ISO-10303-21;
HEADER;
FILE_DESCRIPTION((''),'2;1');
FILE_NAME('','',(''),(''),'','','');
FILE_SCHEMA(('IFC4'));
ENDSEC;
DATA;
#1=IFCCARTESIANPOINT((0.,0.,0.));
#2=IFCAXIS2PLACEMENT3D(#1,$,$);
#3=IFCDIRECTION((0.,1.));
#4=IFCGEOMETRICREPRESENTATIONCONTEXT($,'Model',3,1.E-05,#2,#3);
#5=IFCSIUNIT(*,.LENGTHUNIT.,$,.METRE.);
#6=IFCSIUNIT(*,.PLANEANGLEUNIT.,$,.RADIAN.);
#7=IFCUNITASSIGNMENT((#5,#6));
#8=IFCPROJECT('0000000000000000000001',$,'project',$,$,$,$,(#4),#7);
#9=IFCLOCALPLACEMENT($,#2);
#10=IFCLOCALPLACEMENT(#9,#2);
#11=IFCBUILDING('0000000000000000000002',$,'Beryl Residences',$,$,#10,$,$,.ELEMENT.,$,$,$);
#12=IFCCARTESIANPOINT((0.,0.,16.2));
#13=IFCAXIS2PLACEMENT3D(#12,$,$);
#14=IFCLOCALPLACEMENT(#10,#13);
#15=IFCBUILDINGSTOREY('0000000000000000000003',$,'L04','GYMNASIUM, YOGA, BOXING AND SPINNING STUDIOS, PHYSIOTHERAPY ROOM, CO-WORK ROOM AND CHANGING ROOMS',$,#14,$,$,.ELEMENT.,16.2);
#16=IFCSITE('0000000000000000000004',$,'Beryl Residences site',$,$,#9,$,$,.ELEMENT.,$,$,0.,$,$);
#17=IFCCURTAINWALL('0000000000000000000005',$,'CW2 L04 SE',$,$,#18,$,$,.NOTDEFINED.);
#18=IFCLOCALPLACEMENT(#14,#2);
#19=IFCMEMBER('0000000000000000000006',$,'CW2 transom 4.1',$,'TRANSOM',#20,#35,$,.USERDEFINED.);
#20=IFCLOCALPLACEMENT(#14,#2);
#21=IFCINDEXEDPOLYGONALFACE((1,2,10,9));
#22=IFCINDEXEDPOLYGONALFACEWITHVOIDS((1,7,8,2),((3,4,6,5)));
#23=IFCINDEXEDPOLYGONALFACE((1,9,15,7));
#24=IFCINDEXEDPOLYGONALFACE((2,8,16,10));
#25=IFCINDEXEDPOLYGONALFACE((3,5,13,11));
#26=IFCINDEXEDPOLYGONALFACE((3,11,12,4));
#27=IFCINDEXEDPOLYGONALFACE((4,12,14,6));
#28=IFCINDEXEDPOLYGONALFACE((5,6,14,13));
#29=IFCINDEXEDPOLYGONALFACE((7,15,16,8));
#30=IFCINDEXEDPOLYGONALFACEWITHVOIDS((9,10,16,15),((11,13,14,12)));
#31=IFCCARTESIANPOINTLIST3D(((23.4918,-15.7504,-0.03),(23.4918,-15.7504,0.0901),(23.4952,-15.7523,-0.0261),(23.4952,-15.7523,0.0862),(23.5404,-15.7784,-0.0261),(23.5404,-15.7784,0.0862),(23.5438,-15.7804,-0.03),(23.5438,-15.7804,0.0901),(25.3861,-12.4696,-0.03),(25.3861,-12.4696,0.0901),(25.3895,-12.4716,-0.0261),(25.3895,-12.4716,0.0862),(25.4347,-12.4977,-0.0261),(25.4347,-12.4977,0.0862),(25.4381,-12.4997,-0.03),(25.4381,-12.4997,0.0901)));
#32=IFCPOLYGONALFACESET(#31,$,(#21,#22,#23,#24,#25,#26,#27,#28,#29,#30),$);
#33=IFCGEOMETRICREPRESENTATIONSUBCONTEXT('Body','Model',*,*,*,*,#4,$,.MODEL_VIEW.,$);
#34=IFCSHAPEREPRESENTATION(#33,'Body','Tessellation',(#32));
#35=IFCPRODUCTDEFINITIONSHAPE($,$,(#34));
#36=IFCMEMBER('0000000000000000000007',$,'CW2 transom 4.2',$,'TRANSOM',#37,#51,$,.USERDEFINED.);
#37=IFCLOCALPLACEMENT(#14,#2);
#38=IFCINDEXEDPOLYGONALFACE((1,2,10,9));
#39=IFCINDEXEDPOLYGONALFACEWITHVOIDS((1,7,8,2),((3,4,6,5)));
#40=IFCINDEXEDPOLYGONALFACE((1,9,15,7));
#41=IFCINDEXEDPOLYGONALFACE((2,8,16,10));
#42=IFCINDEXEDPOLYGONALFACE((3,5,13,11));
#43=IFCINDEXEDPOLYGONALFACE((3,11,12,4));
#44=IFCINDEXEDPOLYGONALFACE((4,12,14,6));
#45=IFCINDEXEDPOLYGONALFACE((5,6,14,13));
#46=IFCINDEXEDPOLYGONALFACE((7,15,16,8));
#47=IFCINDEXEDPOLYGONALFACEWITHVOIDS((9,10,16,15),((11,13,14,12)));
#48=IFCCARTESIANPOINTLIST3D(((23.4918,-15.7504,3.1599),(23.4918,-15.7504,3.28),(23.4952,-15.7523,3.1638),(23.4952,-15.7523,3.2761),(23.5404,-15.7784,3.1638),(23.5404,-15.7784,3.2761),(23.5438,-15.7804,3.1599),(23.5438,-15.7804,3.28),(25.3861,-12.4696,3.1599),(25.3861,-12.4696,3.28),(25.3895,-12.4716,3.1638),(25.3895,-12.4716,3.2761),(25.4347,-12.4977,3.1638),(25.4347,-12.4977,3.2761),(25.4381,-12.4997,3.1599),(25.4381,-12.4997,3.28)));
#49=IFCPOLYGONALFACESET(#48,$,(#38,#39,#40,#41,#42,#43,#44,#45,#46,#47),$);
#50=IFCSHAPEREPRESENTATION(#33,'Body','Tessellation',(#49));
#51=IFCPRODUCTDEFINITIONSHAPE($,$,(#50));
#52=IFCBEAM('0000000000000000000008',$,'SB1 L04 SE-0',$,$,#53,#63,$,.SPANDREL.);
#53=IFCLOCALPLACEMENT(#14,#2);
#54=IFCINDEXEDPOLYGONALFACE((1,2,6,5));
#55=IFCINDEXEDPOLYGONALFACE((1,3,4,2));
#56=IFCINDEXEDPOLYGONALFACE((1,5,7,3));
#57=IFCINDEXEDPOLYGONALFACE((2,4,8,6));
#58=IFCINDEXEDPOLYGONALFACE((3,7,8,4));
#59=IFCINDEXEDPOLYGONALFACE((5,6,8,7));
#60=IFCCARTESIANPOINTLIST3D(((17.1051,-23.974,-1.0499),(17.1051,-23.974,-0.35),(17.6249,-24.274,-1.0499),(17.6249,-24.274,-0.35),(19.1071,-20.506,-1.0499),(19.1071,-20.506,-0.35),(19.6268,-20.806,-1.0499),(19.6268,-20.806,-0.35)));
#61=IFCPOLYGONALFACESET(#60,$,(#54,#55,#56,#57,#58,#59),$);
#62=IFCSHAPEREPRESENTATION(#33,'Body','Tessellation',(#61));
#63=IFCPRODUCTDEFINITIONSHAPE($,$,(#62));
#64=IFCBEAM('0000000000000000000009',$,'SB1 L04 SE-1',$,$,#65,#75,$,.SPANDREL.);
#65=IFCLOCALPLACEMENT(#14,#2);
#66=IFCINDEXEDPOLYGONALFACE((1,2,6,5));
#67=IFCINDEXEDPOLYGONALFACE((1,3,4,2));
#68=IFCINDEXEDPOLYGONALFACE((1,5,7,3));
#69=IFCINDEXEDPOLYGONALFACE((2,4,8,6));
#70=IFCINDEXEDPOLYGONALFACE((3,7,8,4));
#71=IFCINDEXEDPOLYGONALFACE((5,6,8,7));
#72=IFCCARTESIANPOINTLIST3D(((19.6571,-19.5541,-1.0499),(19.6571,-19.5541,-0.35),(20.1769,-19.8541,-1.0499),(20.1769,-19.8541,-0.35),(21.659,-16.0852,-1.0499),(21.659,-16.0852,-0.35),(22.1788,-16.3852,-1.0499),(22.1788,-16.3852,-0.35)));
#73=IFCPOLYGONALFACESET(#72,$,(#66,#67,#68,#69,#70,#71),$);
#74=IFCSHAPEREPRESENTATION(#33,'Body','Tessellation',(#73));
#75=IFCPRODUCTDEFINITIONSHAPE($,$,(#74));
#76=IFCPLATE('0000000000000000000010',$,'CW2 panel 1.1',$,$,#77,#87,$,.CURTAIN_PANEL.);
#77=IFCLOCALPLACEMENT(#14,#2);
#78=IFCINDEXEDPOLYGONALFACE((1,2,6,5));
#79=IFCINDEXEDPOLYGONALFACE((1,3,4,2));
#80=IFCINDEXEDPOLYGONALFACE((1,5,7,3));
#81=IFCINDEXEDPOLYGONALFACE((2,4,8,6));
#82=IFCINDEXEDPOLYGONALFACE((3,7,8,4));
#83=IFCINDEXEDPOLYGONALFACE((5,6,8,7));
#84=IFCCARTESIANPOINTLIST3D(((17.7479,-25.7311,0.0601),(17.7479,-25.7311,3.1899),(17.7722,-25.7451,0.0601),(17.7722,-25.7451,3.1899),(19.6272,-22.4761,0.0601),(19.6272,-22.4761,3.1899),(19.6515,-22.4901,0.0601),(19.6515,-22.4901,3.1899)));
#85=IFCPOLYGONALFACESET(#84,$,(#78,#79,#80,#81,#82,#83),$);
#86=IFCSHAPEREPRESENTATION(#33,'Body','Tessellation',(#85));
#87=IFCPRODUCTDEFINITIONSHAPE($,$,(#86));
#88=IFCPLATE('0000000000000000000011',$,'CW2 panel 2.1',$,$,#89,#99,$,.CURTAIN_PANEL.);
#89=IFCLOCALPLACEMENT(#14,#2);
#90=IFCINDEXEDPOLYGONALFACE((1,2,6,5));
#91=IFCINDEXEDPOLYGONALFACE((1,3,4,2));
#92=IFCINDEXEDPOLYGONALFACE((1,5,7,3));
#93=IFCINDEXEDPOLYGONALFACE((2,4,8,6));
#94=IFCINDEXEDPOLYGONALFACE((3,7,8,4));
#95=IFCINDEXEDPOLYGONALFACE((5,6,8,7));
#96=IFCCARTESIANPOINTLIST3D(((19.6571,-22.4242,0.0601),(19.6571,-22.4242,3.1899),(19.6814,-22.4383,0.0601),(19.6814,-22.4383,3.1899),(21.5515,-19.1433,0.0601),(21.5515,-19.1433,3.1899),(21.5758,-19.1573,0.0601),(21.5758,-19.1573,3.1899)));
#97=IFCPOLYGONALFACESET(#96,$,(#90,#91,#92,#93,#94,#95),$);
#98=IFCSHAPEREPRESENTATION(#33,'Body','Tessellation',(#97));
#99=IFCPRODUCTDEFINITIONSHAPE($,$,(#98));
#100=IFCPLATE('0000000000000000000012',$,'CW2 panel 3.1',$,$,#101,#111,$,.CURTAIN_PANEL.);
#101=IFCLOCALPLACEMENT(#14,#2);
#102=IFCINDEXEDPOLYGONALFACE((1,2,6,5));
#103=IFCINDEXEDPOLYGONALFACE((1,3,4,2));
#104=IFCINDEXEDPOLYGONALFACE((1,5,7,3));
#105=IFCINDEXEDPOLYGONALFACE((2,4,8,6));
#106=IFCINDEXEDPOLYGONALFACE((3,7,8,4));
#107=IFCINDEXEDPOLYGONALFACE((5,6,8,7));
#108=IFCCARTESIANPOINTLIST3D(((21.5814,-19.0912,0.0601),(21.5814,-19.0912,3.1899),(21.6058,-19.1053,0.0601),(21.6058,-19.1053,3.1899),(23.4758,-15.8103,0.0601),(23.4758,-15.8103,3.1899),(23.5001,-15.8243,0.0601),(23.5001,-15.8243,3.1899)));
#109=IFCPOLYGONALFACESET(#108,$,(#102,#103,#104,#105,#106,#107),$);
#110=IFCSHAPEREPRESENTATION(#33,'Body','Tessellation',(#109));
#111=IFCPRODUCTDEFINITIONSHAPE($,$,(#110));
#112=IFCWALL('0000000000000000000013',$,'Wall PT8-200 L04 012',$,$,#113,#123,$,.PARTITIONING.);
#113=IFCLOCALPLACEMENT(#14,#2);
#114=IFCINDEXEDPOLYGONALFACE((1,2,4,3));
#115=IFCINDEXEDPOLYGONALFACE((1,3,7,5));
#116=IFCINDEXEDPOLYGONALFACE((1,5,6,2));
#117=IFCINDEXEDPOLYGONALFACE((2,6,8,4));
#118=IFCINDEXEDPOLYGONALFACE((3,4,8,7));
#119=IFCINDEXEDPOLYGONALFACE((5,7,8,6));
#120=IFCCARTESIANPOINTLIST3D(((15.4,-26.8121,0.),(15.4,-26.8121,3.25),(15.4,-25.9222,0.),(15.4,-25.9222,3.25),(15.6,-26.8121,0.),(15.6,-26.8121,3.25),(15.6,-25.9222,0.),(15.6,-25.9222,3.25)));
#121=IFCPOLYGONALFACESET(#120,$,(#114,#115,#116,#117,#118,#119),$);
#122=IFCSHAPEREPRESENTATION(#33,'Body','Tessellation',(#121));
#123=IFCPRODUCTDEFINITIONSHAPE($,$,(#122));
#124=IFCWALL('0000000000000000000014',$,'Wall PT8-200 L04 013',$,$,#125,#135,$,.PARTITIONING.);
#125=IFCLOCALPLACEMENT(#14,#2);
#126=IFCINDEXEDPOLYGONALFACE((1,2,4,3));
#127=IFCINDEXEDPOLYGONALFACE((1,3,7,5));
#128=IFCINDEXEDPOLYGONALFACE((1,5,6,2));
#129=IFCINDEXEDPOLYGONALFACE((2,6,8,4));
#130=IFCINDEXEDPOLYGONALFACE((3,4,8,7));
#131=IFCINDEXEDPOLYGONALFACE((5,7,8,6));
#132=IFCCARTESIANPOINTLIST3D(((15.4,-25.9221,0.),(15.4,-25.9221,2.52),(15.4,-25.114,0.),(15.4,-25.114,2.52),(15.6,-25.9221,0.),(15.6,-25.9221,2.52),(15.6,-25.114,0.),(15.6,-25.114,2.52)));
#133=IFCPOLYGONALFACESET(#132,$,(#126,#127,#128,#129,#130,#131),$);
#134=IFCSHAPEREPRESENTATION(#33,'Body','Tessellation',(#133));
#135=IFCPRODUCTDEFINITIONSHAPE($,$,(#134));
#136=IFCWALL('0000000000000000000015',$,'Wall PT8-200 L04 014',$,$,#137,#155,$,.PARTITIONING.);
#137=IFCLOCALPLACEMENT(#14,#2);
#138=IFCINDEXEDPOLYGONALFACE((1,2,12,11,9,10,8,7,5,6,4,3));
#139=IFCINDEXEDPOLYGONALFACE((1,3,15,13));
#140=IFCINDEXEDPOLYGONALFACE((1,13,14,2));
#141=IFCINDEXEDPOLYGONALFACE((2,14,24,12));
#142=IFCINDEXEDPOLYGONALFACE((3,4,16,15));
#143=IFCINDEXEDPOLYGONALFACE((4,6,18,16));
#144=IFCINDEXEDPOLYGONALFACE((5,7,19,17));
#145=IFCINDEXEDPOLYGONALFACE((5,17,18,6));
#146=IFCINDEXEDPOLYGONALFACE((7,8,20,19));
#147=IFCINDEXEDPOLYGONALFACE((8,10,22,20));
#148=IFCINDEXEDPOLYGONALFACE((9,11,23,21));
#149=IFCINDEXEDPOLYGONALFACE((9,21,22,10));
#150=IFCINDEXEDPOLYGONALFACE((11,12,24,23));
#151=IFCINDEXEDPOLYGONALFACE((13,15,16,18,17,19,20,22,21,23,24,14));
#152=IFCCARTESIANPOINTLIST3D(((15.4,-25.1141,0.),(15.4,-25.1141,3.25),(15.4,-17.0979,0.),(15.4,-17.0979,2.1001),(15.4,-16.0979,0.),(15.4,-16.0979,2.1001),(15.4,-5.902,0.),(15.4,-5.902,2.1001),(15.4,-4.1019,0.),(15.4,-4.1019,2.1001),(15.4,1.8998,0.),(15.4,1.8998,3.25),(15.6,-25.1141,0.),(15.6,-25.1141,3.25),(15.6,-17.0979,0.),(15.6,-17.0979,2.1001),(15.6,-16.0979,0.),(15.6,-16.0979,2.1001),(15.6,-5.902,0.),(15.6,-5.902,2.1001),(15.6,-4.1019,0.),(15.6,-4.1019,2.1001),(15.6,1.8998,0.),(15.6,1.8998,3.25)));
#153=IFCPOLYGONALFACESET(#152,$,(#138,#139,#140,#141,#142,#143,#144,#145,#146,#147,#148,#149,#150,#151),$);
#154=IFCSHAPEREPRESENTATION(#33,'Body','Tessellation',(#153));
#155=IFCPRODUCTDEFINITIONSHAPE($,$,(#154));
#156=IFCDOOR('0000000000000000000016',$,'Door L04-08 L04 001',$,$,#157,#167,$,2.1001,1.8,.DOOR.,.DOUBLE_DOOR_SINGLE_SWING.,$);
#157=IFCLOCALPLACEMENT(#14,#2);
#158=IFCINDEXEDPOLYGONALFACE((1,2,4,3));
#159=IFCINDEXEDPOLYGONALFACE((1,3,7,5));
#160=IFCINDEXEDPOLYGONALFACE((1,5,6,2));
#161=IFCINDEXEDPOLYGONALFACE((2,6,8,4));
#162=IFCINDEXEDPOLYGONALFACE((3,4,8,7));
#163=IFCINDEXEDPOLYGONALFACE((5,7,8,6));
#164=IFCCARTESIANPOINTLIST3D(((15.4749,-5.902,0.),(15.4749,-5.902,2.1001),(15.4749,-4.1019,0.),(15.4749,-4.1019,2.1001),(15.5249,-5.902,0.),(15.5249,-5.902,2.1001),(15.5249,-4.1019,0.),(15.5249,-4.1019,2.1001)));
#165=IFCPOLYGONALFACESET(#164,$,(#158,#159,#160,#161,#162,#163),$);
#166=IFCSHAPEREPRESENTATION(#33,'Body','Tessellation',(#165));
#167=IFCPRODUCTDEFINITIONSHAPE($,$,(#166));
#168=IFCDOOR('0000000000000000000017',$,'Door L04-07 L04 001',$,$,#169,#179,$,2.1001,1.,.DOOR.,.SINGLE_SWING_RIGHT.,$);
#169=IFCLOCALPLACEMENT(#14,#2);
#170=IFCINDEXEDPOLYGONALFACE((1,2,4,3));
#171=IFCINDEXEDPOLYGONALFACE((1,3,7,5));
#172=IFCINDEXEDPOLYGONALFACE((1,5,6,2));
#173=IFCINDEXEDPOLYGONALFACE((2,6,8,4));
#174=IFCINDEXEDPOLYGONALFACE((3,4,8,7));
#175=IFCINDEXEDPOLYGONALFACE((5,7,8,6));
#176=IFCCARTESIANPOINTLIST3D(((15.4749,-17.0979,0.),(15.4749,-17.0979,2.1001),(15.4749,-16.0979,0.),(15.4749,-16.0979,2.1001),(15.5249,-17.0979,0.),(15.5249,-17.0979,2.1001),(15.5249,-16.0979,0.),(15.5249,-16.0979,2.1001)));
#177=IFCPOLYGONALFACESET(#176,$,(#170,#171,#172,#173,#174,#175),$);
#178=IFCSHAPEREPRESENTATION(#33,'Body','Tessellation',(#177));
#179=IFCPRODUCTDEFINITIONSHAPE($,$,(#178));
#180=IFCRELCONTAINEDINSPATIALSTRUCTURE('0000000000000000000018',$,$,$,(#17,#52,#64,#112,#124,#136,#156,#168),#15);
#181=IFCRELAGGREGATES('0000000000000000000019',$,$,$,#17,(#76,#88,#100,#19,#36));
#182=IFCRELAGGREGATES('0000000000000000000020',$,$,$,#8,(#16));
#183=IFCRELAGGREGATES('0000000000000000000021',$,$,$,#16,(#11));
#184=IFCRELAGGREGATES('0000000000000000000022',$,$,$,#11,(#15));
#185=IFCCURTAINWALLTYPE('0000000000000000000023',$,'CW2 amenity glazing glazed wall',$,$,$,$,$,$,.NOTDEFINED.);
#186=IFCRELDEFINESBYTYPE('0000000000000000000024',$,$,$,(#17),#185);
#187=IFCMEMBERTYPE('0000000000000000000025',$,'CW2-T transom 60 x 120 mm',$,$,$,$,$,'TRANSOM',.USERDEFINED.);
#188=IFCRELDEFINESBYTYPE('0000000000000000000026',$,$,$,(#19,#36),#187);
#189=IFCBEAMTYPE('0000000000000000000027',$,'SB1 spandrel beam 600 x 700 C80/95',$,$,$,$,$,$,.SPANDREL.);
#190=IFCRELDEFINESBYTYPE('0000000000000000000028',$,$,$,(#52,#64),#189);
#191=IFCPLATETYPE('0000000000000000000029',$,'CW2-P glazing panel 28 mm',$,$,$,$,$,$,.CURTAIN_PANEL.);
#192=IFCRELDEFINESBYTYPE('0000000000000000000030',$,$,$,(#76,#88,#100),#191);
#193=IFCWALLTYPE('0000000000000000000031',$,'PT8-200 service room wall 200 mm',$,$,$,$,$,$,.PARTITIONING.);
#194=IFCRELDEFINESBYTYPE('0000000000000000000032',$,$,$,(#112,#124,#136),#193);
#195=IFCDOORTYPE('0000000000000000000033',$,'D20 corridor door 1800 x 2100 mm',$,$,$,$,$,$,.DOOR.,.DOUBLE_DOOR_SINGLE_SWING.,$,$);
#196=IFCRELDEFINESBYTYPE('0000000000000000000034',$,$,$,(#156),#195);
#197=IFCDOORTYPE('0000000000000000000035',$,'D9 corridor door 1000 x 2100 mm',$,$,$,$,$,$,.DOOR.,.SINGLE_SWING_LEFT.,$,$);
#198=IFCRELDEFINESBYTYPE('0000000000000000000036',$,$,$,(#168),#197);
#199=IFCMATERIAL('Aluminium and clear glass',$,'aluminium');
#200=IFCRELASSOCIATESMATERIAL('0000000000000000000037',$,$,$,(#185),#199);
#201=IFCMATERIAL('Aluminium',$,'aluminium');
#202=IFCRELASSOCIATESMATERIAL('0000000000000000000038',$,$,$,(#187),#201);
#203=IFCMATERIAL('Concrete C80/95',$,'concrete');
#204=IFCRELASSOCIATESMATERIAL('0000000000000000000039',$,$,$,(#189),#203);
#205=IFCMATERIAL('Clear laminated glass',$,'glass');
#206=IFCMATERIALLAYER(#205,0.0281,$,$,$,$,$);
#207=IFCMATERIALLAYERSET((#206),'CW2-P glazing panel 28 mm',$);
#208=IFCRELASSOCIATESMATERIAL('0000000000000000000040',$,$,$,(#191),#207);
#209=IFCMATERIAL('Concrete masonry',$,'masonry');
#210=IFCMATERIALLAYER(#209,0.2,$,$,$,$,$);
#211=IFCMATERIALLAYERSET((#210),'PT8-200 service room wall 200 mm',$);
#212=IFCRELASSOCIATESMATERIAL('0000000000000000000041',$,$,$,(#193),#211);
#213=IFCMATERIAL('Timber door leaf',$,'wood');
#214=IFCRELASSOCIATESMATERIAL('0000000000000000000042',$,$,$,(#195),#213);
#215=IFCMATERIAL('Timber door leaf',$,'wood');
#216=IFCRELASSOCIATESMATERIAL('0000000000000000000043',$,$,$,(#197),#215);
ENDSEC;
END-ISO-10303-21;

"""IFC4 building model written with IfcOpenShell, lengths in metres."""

from ifc_helpers import new_model, si_unit, direction, frame, frame_2d, origin, origin_2d, place, context, subcontext, project, spatial, rectangle, hollow_rectangle, extrude, material, layer, layer_set, material_profile, profile_set, type_object, element, fill, aggregate, save


model = new_model("IFC4")

# Units and contexts
model_context = context("Model", 3, precision=1e-05, world=origin(), true_north=direction((0.0, 1.0)))
body_context = subcontext(model_context, "Body", "Model", "MODEL_VIEW")
ifc_project = project(units=[si_unit("LENGTHUNIT", "METRE"), si_unit("PLANEANGLEUNIT", "RADIAN")], contexts=[model_context])

# Site, building, storey
site_placement = place(None, origin())
site = spatial("IfcSite", under=ifc_project, at=site_placement, Name="Beryl Residences site", CompositionType="ELEMENT", RefElevation=0.0)
building_placement = place(site_placement, origin())
building = spatial("IfcBuilding", under=site, at=building_placement, Name="Beryl Residences", CompositionType="ELEMENT")
storey_placement = place(building_placement, frame((0.0, 0.0, 16.2)))
storey = spatial("IfcBuildingStorey", under=building, at=storey_placement, Name="L04", Description="GYMNASIUM, YOGA, BOXING AND SPINNING STUDIOS, PHYSIOTHERAPY ROOM, CO-WORK ROOM AND CHANGING ROOMS", CompositionType="ELEMENT", Elevation=16.2)

# Curtain wall, members
ifc_material_1 = material(Name="Aluminium and clear glass", Category="aluminium")
curtain_wall_type = type_object("IfcCurtainWallType", Name="CW2 amenity glazing glazed wall", PredefinedType="NOTDEFINED", material=ifc_material_1)
curtain_wall_placement = place(storey_placement, origin())
curtain_wall = element("IfcCurtainWall", 1, at=curtain_wall_placement, inside=storey, type_object=curtain_wall_type, Name="CW2 L04 SE", PredefinedType="NOTDEFINED")
ifc_material_2 = material(Name="Aluminium", Category="aluminium")
ifc_material_profile_1 = material_profile(ifc_material_2, hollow_rectangle(XDim=0.0601, YDim=0.1201, WallThickness=0.0039, at=origin_2d()))
ifc_profile_set_1 = profile_set([ifc_material_profile_1], Name="Aluminium")
member_type_1 = type_object("IfcMemberType", Name="CW2-T transom 60 x 120 mm", ElementType="TRANSOM", PredefinedType="USERDEFINED", material=ifc_profile_set_1)
member_1_placement = place(storey_placement, frame((23.5178, -15.7654, 0.03), z_axis=(0.500027, 0.86601, 0.0), x_axis=(-0.86601, 0.500027, 0.0)))
member_1 = element("IfcMember", 2, at=member_1_placement, type_object=member_type_1, Name="CW2 transom 4.1", ObjectType="TRANSOM", PredefinedType="USERDEFINED", context=body_context, shape_type="SweptSolid", body=[
    extrude(hollow_rectangle(XDim=0.0601, YDim=0.1201, WallThickness=0.0039, at=origin_2d()), origin(), (0.0, 0.0, 1.0), 3.7883),
])
member_2_placement = place(storey_placement, frame((23.5178, -15.7654, 3.22), z_axis=(0.500027, 0.86601, 0.0), x_axis=(-0.86601, 0.500027, 0.0)))
member_2 = element("IfcMember", 3, at=member_2_placement, type_object=member_type_1, Name="CW2 transom 4.2", ObjectType="TRANSOM", PredefinedType="USERDEFINED", context=body_context, shape_type="SweptSolid", body=[
    extrude(hollow_rectangle(XDim=0.0601, YDim=0.1201, WallThickness=0.0039, at=origin_2d()), origin(), (0.0, 0.0, 1.0), 3.7883),
])

# Beams
ifc_material_3 = material(Name="Concrete C80/95", Category="concrete")
ifc_material_profile_2 = material_profile(ifc_material_3, rectangle(XDim=0.6001, YDim=0.7, at=origin_2d()))
ifc_profile_set_2 = profile_set([ifc_material_profile_2], Name="Concrete C80/95")
beam_type = type_object("IfcBeamType", Name="SB1 spandrel beam 600 x 700 C80/95", PredefinedType="SPANDREL", material=ifc_profile_set_2)
beam_1_placement = place(storey_placement, frame((17.365, -24.124, -0.7), z_axis=(0.499942, 0.866059, 0.0), x_axis=(-0.866059, 0.499942, 0.0)))
element("IfcBeam", 4, at=beam_1_placement, inside=storey, type_object=beam_type, Name="SB1 L04 SE-0", PredefinedType="SPANDREL", context=body_context, shape_type="SweptSolid", body=[
    extrude(rectangle(XDim=0.6001, YDim=0.7, at=origin_2d()), origin(), (0.0, 0.0, 1.0), 4.0044),
])
beam_2_placement = place(storey_placement, frame((19.917, -19.7041, -0.7), z_axis=(0.499837, 0.86612, 0.0), x_axis=(-0.86612, 0.499837, 0.0)))
element("IfcBeam", 5, at=beam_2_placement, inside=storey, type_object=beam_type, Name="SB1 L04 SE-1", PredefinedType="SPANDREL", context=body_context, shape_type="SweptSolid", body=[
    extrude(rectangle(XDim=0.6001, YDim=0.7, at=origin_2d()), origin(), (0.0, 0.0, 1.0), 4.0051),
])

# Plates
ifc_material_4 = material(Name="Clear laminated glass", Category="glass")
ifc_layer_1 = layer(ifc_material_4, 0.0281)
ifc_layer_set_1 = layer_set([ifc_layer_1], Name="CW2-P glazing panel 28 mm")
plate_type = type_object("IfcPlateType", Name="CW2-P glazing panel 28 mm", PredefinedType="CURTAIN_PANEL", material=ifc_layer_set_1)
plate_1_placement = place(storey_placement, frame((18.6997, -24.1106, 0.0601), z_axis=(0.0, 0.0, 1.0), x_axis=(0.500012, 0.866019, 0.0)))
plate_1 = element("IfcPlate", 6, at=plate_1_placement, type_object=plate_type, Name="CW2 panel 1.1", PredefinedType="CURTAIN_PANEL", context=body_context, shape_type="SweptSolid", body=[
    extrude(rectangle(XDim=3.7585, YDim=0.0281, at=origin_2d()), origin(), (0.0, 0.0, 1.0), 3.1299),
])
plate_2_placement = place(storey_placement, frame((20.6165, -20.7908, 0.0601), z_axis=(0.0, 0.0, 1.0), x_axis=(0.500012, 0.866019, 0.0)))
plate_2 = element("IfcPlate", 7, at=plate_2_placement, type_object=plate_type, Name="CW2 panel 2.1", PredefinedType="CURTAIN_PANEL", context=body_context, shape_type="SweptSolid", body=[
    extrude(rectangle(XDim=3.7886, YDim=0.0281, at=origin_2d()), origin(), (0.0, 0.0, 1.0), 3.1299),
])
plate_3_placement = place(storey_placement, frame((22.5408, -17.4578, 0.0601), z_axis=(0.0, 0.0, 1.0), x_axis=(0.500012, 0.866019, 0.0)))
plate_3 = element("IfcPlate", 8, at=plate_3_placement, type_object=plate_type, Name="CW2 panel 3.1", PredefinedType="CURTAIN_PANEL", context=body_context, shape_type="SweptSolid", body=[
    extrude(rectangle(XDim=3.7886, YDim=0.0281, at=origin_2d()), origin(), (0.0, 0.0, 1.0), 3.1299),
])
aggregate(curtain_wall, [plate_1, plate_2, plate_3, member_1, member_2])

# Walls
ifc_material_5 = material(Name="Concrete masonry", Category="masonry")
ifc_layer_2 = layer(ifc_material_5, 0.2)
ifc_layer_set_2 = layer_set([ifc_layer_2], Name="PT8-200 service room wall 200 mm")
wall_type = type_object("IfcWallType", Name="PT8-200 service room wall 200 mm", PredefinedType="PARTITIONING", material=ifc_layer_set_2)
wall_1_placement = place(storey_placement, frame((15.5, -26.812, 0.0), z_axis=(0.0, 0.0, 1.0), x_axis=(0.0, 1.0, 0.0)))
element("IfcWall", 9, at=wall_1_placement, inside=storey, type_object=wall_type, Name="Wall PT8-200 L04 012", PredefinedType="PARTITIONING", context=body_context, shape_type="SweptSolid", body=[
    extrude(rectangle(XDim=0.8899, YDim=0.2, at=frame_2d((0.4448, 0.0))), origin(), (0.0, 0.0, 1.0), 3.25),
])
wall_2_placement = place(storey_placement, frame((15.5, -25.9221, 0.0), z_axis=(0.0, 0.0, 1.0), x_axis=(0.0, 1.0, 0.0)))
element("IfcWall", 10, at=wall_2_placement, inside=storey, type_object=wall_type, Name="Wall PT8-200 L04 013", PredefinedType="PARTITIONING", context=body_context, shape_type="SweptSolid", body=[
    extrude(rectangle(XDim=0.8081, YDim=0.2, at=frame_2d((0.4041, 0.0))), origin(), (0.0, 0.0, 1.0), 2.52),
])

# Wall, openings, doors
wall_3_placement = place(storey_placement, frame((15.5, -25.114, 0.0), z_axis=(0.0, 0.0, 1.0), x_axis=(0.0, 1.0, 0.0)))
wall_3 = element("IfcWall", 11, at=wall_3_placement, inside=storey, type_object=wall_type, Name="Wall PT8-200 L04 014", PredefinedType="PARTITIONING", context=body_context, shape_type="SweptSolid", body=[
    extrude(rectangle(XDim=27.0139, YDim=0.2, at=frame_2d((13.5068, 0.0))), origin(), (0.0, 0.0, 1.0), 3.25),
])
opening_1_placement = place(wall_3_placement, frame((9.0161, 0.0, 0.0), z_axis=(0.0, 0.0, 1.0), x_axis=(-1.0, 0.0, 0.0)))
opening_1 = element("IfcOpeningElement", 12, at=opening_1_placement, cuts=wall_3, PredefinedType="OPENING", context=body_context, shape_type="SweptSolid", body=[
    extrude(rectangle(XDim=1.0, YDim=2.1001, at=frame_2d((0.5, 1.05))), frame((0.0, 0.1099, 0.0), z_axis=(0.0, -1.0, 0.0), x_axis=(1.0, 0.0, 0.0)), (0.0, 0.0, 1.0), 0.22),
])
opening_2_placement = place(wall_3_placement, frame((21.012, 0.0, 0.0), z_axis=(0.0, 0.0, 1.0), x_axis=(-1.0, 0.0, 0.0)))
opening_2 = element("IfcOpeningElement", 13, at=opening_2_placement, cuts=wall_3, PredefinedType="OPENING", context=body_context, shape_type="SweptSolid", body=[
    extrude(rectangle(XDim=1.8, YDim=2.1001, at=frame_2d((0.8999, 1.05))), frame((0.0, 0.1099, 0.0), z_axis=(0.0, -1.0, 0.0), x_axis=(1.0, 0.0, 0.0)), (0.0, 0.0, 1.0), 0.22),
])
ifc_material_6 = material(Name="Timber door leaf", Category="wood")
door_type_1 = type_object("IfcDoorType", Name="D20 corridor door 1800 x 2100 mm", OperationType="DOUBLE_DOOR_SINGLE_SWING", PredefinedType="DOOR", material=ifc_material_6)
door_1_placement = place(opening_2_placement, origin())
door_1 = element("IfcDoor", 14, at=door_1_placement, inside=storey, type_object=door_type_1, Name="Door L04-08 L04 001", OperationType="DOUBLE_DOOR_SINGLE_SWING", OverallHeight=2.1001, OverallWidth=1.8, PredefinedType="DOOR", context=body_context, shape_type="SweptSolid", body=[
    extrude(rectangle(XDim=1.8, YDim=2.1001, at=frame_2d((0.8999, 1.05))), frame((0.0, 0.0249, 0.0), z_axis=(0.0, -1.0, 0.0), x_axis=(1.0, 0.0, 0.0)), (0.0, 0.0, 1.0), 0.05),
])
fill(opening_2, door_1)
ifc_material_7 = material(Name="Timber door leaf", Category="wood")
door_type_2 = type_object("IfcDoorType", Name="D9 corridor door 1000 x 2100 mm", OperationType="SINGLE_SWING_LEFT", PredefinedType="DOOR", material=ifc_material_7)
door_2_placement = place(opening_1_placement, origin())
door_2 = element("IfcDoor", 15, at=door_2_placement, inside=storey, type_object=door_type_2, Name="Door L04-07 L04 001", OperationType="SINGLE_SWING_RIGHT", OverallHeight=2.1001, OverallWidth=1.0, PredefinedType="DOOR", context=body_context, shape_type="SweptSolid", body=[
    extrude(rectangle(XDim=1.0, YDim=2.1001, at=frame_2d((0.5, 1.05))), frame((0.0, 0.0249, 0.0), z_axis=(0.0, -1.0, 0.0), x_axis=(1.0, 0.0, 0.0)), (0.0, 0.0, 1.0), 0.05),
])
fill(opening_1, door_2)

save(model, "model.ifc")
